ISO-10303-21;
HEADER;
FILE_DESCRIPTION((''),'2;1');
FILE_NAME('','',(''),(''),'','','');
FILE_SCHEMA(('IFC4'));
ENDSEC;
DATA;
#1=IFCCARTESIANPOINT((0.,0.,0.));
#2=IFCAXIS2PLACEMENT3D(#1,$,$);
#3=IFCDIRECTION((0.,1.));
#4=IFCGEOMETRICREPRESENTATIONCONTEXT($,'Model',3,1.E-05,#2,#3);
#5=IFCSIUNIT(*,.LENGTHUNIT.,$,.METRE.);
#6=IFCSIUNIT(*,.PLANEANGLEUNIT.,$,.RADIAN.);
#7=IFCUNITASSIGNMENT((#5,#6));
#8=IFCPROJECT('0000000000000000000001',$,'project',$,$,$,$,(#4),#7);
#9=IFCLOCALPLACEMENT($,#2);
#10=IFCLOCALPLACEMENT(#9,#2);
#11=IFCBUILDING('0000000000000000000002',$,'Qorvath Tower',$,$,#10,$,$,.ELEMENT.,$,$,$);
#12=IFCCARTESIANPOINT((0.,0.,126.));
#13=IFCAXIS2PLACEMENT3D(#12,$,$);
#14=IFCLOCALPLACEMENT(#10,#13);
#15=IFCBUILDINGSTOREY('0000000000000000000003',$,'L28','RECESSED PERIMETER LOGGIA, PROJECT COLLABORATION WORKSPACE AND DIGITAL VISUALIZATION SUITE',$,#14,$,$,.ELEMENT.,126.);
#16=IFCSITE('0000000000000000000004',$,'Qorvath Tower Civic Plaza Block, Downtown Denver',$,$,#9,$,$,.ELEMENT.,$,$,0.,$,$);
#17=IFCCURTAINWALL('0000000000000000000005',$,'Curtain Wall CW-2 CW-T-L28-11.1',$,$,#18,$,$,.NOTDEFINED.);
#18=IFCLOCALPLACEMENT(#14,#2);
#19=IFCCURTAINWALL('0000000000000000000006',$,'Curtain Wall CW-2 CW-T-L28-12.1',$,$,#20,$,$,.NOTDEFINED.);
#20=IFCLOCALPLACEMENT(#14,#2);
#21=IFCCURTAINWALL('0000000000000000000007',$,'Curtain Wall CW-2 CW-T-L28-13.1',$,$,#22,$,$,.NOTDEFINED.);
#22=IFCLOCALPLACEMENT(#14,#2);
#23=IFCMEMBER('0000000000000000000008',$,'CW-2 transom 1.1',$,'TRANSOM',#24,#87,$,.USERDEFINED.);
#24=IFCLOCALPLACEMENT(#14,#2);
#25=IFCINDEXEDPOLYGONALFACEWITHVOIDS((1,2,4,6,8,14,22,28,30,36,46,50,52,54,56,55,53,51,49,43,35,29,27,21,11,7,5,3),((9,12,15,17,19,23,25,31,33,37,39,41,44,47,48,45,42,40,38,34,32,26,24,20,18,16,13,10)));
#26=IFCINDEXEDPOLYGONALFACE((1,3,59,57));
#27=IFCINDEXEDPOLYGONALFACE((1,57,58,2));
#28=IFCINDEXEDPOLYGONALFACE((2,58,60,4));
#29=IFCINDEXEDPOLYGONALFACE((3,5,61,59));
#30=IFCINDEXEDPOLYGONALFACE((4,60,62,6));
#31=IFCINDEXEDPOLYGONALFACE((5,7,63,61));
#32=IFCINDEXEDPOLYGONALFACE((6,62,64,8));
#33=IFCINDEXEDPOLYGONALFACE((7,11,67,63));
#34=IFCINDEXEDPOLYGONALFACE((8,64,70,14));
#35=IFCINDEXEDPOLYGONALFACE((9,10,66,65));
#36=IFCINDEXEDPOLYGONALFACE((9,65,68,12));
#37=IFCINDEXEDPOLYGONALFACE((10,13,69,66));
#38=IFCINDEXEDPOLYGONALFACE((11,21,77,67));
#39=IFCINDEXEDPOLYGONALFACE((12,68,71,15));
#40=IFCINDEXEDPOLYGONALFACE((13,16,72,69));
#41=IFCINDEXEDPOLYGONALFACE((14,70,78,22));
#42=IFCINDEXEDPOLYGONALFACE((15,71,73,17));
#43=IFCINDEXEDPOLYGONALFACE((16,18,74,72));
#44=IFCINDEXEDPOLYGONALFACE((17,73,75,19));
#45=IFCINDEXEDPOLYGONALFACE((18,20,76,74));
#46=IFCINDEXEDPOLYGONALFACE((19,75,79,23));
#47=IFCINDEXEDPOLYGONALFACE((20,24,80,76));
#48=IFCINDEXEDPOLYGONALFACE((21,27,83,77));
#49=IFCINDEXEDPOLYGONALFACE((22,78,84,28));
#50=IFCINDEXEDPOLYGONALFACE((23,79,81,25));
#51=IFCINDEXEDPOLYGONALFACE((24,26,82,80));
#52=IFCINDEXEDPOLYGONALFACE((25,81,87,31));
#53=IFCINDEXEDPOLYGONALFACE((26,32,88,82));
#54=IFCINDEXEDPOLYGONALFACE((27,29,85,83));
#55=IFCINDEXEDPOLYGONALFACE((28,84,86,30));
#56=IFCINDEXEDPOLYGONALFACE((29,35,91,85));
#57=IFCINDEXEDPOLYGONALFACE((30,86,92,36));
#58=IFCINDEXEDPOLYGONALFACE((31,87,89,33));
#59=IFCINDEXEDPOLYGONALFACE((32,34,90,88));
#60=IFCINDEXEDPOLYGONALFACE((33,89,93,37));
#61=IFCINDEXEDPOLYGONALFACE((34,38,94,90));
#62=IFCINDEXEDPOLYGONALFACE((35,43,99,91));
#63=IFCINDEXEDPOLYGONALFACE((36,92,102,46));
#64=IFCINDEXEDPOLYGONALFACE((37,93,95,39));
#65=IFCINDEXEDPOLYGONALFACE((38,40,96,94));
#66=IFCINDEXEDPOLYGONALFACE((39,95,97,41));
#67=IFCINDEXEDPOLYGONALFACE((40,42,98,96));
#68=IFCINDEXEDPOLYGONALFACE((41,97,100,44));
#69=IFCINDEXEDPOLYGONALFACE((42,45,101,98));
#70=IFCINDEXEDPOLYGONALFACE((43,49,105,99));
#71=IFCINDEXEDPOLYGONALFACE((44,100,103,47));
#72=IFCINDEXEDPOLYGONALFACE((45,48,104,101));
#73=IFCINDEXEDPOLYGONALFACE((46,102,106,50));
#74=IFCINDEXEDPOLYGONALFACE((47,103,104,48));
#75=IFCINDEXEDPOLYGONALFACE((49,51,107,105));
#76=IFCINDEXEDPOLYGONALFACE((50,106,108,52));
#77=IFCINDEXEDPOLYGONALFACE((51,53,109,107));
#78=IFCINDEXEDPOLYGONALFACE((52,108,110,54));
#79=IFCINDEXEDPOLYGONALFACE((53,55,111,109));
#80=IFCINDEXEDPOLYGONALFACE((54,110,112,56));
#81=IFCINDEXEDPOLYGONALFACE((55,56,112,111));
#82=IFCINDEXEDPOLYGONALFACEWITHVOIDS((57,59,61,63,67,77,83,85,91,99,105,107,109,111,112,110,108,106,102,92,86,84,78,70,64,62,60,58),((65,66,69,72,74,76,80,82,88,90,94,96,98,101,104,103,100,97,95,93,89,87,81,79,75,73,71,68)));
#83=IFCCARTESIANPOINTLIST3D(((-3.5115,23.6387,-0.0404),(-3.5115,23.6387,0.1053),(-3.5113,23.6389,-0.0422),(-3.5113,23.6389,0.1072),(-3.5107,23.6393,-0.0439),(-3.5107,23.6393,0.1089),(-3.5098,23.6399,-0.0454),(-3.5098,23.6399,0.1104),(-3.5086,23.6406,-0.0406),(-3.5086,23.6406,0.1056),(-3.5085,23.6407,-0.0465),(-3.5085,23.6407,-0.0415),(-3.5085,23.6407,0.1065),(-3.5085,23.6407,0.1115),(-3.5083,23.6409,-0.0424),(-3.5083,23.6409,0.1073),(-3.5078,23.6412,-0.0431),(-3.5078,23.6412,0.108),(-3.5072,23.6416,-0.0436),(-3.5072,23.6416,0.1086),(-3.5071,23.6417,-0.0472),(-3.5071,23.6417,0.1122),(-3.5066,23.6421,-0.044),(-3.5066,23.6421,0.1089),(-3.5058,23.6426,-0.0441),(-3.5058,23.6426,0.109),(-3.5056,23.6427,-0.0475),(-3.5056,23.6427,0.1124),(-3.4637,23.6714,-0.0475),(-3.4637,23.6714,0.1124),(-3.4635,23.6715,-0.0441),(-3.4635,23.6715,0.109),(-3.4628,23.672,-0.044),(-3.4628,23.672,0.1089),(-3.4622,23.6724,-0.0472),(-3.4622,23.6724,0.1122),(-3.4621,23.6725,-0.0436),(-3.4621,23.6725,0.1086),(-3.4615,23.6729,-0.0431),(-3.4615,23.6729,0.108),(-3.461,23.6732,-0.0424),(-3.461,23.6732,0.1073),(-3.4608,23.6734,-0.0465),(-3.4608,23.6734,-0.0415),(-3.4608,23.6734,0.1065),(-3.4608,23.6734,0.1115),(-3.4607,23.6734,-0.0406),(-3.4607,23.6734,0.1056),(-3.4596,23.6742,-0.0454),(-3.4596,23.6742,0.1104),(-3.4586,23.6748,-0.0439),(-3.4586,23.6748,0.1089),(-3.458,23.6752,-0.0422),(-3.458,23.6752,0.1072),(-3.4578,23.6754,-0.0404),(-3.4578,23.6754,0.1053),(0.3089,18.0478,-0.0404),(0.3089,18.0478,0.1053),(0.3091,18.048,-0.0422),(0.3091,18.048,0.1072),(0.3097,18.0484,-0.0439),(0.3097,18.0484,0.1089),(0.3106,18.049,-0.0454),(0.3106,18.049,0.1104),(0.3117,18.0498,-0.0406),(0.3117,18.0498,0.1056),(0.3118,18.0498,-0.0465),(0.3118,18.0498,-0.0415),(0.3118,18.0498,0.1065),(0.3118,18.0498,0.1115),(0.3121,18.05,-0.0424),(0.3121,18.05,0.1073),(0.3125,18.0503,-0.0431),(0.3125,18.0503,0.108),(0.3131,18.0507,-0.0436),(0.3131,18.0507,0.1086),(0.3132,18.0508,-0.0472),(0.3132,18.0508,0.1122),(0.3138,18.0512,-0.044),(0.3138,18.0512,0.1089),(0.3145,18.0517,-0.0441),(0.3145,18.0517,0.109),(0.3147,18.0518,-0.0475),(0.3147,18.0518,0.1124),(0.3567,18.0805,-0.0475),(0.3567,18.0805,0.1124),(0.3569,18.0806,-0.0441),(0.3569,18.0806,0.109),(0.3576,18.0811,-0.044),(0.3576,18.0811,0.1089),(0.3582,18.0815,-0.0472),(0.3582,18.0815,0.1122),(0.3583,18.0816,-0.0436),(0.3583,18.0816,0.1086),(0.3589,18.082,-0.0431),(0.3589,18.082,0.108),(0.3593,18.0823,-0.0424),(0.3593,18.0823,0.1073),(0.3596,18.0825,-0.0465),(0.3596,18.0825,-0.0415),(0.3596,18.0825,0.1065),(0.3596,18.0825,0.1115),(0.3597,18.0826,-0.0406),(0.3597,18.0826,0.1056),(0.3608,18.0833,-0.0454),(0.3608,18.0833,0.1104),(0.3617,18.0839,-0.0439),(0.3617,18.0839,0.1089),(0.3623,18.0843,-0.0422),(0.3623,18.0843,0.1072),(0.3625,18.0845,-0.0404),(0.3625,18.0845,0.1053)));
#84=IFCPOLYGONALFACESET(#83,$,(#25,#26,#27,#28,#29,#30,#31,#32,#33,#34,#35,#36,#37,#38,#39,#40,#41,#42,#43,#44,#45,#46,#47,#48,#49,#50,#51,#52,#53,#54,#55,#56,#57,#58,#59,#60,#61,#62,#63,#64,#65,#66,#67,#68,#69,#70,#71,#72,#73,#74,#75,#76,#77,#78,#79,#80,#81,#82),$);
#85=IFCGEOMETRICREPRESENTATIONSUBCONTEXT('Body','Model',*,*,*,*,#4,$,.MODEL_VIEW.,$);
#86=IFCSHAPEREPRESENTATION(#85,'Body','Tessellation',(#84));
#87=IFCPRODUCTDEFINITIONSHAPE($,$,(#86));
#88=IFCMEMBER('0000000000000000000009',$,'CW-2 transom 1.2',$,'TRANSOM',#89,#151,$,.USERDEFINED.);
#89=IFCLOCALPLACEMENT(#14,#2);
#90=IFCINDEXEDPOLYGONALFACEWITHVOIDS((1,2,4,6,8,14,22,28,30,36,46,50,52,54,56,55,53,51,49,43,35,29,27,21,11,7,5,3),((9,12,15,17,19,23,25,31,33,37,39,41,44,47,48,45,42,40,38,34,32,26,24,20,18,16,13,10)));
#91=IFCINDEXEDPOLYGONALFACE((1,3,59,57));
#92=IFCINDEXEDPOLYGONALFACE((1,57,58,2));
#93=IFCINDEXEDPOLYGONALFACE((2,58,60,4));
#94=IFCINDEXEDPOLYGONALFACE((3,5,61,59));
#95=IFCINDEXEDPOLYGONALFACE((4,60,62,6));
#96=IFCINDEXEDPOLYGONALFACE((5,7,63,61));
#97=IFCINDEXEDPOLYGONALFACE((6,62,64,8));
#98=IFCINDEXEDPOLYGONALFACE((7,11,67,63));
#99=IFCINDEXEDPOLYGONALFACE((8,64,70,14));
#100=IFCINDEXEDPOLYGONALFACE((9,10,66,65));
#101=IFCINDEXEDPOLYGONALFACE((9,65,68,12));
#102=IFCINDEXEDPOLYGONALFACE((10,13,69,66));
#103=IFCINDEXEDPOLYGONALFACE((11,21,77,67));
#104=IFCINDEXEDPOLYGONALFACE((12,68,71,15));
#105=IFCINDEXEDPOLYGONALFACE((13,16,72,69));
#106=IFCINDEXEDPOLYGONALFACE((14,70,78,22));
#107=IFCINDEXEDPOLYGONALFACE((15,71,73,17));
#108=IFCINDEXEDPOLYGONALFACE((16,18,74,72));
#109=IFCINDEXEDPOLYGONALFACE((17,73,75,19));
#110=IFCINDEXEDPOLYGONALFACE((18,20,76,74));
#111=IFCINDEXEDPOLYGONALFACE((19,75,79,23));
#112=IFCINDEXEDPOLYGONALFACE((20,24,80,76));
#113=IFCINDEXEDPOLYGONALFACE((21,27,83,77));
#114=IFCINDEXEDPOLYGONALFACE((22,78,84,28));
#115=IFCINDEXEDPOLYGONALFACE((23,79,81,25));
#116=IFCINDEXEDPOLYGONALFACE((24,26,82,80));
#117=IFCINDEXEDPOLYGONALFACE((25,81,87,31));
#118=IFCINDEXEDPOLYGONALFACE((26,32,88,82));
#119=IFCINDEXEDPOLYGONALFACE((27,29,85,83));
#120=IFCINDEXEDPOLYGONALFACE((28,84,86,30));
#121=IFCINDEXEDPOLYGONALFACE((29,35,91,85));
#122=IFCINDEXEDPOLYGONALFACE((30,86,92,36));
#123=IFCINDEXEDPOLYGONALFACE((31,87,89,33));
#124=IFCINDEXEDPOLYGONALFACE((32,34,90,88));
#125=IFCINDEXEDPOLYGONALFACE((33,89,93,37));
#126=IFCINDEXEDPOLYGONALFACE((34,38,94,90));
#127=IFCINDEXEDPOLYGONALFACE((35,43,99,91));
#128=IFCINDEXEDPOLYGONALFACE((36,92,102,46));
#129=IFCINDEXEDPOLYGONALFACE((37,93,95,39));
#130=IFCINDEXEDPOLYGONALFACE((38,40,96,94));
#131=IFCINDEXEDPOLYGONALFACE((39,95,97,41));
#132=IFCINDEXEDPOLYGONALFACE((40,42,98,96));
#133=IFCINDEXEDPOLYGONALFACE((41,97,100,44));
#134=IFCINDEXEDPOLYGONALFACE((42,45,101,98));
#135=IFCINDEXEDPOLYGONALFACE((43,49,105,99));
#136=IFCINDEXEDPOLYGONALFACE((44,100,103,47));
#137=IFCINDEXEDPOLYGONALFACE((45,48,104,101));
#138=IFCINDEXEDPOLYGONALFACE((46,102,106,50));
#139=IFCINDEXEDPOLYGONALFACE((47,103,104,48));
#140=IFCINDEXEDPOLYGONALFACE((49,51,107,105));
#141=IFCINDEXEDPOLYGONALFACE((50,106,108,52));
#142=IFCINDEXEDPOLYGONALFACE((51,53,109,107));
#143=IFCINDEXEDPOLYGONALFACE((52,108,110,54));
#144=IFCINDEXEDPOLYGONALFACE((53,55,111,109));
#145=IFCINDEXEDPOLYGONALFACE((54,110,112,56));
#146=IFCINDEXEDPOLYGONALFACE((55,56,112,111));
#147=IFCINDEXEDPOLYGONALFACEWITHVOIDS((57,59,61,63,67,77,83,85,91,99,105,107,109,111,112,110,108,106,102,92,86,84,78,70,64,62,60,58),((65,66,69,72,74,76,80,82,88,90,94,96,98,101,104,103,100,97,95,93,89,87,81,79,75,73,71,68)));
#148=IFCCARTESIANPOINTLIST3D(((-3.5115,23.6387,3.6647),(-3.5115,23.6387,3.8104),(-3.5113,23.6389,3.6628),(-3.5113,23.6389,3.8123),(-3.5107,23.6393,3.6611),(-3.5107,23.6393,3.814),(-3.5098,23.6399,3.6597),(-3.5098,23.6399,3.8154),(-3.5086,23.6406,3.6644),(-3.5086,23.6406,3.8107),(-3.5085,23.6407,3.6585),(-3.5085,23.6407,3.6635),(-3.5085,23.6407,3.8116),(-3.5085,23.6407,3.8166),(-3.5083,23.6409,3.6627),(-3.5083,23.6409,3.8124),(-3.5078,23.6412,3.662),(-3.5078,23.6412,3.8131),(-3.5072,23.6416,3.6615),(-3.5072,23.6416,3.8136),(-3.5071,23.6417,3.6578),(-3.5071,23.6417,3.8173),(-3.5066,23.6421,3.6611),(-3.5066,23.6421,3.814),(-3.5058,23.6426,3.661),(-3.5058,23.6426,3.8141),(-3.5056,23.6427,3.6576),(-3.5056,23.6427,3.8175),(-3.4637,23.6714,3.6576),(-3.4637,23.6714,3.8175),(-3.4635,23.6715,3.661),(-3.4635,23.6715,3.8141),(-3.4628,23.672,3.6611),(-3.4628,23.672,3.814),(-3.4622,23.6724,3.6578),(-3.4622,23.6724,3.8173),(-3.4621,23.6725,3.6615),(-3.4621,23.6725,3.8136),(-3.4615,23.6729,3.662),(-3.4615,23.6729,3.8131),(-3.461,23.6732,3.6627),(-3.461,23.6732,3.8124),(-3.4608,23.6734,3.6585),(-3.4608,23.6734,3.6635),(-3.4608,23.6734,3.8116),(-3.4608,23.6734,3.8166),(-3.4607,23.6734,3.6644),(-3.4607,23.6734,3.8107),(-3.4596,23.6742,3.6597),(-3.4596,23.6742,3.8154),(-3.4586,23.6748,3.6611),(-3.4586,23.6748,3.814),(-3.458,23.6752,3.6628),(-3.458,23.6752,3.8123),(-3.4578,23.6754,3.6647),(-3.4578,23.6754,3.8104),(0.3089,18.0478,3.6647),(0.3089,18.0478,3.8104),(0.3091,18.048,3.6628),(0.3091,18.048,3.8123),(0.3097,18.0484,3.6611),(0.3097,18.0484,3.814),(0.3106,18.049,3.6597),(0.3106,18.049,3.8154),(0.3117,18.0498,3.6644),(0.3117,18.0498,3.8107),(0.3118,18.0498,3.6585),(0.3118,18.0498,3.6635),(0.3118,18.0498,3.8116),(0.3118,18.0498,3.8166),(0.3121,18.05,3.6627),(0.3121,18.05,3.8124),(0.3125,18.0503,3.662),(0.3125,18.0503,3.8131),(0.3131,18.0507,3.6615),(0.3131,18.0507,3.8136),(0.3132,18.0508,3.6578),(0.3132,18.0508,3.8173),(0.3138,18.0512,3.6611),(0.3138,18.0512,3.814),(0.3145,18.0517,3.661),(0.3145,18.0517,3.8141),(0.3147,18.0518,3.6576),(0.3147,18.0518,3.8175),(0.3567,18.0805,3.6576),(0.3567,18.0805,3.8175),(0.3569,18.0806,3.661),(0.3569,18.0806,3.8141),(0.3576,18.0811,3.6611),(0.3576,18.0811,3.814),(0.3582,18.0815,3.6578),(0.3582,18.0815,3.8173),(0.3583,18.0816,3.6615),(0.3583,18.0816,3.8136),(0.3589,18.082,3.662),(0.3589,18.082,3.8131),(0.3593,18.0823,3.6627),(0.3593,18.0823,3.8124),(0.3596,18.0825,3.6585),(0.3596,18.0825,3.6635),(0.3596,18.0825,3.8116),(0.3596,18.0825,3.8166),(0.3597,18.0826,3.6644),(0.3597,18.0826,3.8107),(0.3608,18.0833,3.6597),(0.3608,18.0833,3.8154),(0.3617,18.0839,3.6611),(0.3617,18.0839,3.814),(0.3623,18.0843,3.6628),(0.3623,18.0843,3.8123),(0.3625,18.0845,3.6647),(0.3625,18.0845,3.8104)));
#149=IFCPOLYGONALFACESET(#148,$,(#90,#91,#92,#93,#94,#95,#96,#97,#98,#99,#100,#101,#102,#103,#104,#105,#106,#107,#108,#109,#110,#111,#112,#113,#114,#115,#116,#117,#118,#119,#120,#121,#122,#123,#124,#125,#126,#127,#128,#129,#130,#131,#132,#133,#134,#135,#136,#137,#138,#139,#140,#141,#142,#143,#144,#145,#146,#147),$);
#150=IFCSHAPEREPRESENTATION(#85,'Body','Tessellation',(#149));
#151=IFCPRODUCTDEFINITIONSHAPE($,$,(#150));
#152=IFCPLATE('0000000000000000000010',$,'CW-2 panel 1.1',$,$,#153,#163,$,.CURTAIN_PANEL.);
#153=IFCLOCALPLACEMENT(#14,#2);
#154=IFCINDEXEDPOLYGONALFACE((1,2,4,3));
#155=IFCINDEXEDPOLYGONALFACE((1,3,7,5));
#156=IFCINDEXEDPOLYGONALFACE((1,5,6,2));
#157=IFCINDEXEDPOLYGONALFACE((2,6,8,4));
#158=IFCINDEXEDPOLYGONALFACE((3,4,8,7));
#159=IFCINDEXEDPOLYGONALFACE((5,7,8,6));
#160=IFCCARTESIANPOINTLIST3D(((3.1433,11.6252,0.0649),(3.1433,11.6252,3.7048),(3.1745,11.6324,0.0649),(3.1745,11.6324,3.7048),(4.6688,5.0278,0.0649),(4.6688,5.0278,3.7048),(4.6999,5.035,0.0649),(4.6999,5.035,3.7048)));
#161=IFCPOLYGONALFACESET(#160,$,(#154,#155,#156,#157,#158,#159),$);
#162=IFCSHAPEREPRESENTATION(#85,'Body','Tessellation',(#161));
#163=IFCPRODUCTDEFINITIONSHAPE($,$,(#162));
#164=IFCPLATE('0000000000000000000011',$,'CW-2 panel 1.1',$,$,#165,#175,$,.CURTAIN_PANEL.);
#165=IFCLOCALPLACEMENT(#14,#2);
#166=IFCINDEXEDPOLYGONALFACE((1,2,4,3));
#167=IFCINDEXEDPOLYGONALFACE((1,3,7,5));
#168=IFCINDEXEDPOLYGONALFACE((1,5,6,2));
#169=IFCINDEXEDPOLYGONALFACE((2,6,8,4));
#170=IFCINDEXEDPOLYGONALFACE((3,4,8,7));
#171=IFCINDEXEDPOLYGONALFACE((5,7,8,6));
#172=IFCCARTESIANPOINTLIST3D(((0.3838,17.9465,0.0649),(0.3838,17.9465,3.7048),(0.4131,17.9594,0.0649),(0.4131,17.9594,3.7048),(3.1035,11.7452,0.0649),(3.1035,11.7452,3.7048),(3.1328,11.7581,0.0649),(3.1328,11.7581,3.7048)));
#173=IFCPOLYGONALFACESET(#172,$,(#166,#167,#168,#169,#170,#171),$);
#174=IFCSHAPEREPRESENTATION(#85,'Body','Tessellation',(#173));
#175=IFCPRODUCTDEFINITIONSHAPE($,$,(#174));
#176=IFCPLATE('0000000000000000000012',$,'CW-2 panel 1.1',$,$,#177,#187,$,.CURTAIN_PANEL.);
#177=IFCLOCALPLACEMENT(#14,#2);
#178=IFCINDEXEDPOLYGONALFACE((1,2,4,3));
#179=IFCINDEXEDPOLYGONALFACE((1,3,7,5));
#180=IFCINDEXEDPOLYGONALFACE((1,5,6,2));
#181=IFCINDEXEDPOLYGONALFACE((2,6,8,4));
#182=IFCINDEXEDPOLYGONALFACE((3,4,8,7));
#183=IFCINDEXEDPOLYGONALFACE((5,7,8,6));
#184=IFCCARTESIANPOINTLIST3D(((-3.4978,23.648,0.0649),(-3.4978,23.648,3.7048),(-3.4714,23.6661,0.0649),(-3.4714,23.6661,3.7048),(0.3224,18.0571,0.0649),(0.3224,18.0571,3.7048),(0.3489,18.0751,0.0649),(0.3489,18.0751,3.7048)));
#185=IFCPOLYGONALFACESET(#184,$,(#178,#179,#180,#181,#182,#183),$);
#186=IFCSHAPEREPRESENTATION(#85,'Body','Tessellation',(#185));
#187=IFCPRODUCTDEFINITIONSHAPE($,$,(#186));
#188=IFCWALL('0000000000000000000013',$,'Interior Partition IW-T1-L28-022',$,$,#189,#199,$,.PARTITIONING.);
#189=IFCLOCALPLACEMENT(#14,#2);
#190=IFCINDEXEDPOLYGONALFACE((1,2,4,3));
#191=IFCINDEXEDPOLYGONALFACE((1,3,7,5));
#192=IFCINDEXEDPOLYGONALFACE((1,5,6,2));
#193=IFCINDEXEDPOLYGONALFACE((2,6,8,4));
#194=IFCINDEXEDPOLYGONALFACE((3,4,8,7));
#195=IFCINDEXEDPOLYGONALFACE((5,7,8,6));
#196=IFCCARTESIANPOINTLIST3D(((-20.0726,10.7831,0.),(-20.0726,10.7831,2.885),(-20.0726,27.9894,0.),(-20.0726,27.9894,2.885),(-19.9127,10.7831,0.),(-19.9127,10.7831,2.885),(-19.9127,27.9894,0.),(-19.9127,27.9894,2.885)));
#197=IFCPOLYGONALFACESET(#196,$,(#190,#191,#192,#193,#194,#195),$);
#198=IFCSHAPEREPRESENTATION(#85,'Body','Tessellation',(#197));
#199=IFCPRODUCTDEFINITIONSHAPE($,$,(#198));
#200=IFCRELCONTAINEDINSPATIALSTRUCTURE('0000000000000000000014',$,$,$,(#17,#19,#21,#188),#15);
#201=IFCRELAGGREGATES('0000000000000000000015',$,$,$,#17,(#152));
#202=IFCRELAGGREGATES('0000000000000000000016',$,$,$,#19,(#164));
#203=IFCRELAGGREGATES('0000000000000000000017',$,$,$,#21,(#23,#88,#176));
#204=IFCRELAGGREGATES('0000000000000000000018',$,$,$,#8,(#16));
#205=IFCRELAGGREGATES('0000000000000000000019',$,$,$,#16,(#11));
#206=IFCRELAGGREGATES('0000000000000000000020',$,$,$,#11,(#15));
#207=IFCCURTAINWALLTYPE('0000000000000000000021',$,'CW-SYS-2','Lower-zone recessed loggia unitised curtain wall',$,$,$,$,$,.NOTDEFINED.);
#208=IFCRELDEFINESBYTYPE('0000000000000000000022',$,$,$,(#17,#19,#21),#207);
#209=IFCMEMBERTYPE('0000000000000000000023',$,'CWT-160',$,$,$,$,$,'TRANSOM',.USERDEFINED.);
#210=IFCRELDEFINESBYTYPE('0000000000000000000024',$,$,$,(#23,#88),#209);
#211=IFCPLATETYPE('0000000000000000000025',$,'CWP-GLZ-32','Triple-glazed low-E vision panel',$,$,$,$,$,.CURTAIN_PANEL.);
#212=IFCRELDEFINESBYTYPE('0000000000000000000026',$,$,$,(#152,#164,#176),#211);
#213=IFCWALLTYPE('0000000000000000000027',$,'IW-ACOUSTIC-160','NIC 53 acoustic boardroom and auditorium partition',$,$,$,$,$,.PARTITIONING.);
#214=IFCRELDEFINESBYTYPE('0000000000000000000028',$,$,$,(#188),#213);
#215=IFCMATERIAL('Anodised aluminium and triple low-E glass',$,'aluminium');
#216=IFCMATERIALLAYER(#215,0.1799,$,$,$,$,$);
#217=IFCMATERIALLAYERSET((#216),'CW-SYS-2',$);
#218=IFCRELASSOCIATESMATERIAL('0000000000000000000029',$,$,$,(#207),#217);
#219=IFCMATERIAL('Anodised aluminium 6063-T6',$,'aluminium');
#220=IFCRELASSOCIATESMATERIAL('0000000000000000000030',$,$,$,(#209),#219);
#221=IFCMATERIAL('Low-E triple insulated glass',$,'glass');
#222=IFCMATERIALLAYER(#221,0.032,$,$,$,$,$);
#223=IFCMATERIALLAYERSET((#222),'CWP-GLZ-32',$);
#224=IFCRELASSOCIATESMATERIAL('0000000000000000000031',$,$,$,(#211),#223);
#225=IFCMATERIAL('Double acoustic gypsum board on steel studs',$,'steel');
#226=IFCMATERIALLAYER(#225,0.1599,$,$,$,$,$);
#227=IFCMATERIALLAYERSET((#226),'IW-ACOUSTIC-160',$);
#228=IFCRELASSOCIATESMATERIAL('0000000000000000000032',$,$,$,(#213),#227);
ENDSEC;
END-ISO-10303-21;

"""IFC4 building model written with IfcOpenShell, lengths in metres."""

from ifc_helpers import new_model, si_unit, direction, frame, frame_2d, origin, origin_2d, place, context, subcontext, project, spatial, rectangle, hollow_rectangle, extrude, material, layer, layer_set, material_profile, profile_set, type_object, element, aggregate, save


model = new_model("IFC4")

# Units and contexts
model_context = context("Model", 3, precision=1e-05, world=origin(), true_north=direction((0.0, 1.0)))
body_context = subcontext(model_context, "Body", "Model", "MODEL_VIEW")
ifc_project = project(units=[si_unit("LENGTHUNIT", "METRE"), si_unit("PLANEANGLEUNIT", "RADIAN")], contexts=[model_context])

# Site, building, storey
site_placement = place(None, origin())
site = spatial("IfcSite", under=ifc_project, at=site_placement, Name="Qorvath Tower Civic Plaza Block, Downtown Denver", CompositionType="ELEMENT", RefElevation=0.0)
building_placement = place(site_placement, origin())
building = spatial("IfcBuilding", under=site, at=building_placement, Name="Qorvath Tower", CompositionType="ELEMENT")
storey_placement = place(building_placement, frame((0.0, 0.0, 126.0)))
storey = spatial("IfcBuildingStorey", under=building, at=storey_placement, Name="L28", Description="RECESSED PERIMETER LOGGIA, PROJECT COLLABORATION WORKSPACE AND DIGITAL VISUALIZATION SUITE", CompositionType="ELEMENT", Elevation=126.0)

# Curtain wall
ifc_material_1 = material(Name="Anodised aluminium and triple low-E glass", Category="aluminium")
ifc_layer_1 = layer(ifc_material_1, 0.1799)
ifc_layer_set_1 = layer_set([ifc_layer_1], Name="CW-SYS-2")
curtain_wall_type = type_object("IfcCurtainWallType", Name="CW-SYS-2", Description="Lower-zone recessed loggia unitised curtain wall", PredefinedType="NOTDEFINED", material=ifc_layer_set_1)
curtain_wall_1_placement = place(storey_placement, origin())
curtain_wall_1 = element("IfcCurtainWall", 1, at=curtain_wall_1_placement, inside=storey, type_object=curtain_wall_type, Name="Curtain Wall CW-2 CW-T-L28-11.1", PredefinedType="NOTDEFINED")

# Curtain walls
curtain_wall_2_placement = place(storey_placement, origin())
curtain_wall_2 = element("IfcCurtainWall", 2, at=curtain_wall_2_placement, inside=storey, type_object=curtain_wall_type, Name="Curtain Wall CW-2 CW-T-L28-12.1", PredefinedType="NOTDEFINED")
curtain_wall_3_placement = place(storey_placement, origin())
curtain_wall_3 = element("IfcCurtainWall", 3, at=curtain_wall_3_placement, inside=storey, type_object=curtain_wall_type, Name="Curtain Wall CW-2 CW-T-L28-13.1", PredefinedType="NOTDEFINED")

# Members
ifc_material_2 = material(Name="Anodised aluminium 6063-T6", Category="aluminium")
ifc_material_profile_1 = material_profile(ifc_material_2, hollow_rectangle(XDim=0.0649, YDim=0.1599, WallThickness=0.0034, InnerFilletRadius=0.0034, OuterFilletRadius=0.0071, at=origin_2d()), Name="CWT 160x65")
ifc_profile_set_1 = profile_set([ifc_material_profile_1], Name="Anodised aluminium 6063-T6")
member_type_1 = type_object("IfcMemberType", Name="CWT-160", ElementType="TRANSOM", PredefinedType="USERDEFINED", material=ifc_profile_set_1)
member_1_placement = place(storey_placement, frame((0.3357, 18.0662, 0.0325), z_axis=(-0.564182, 0.82565, 0.0), x_axis=(-0.82565, -0.564182, 0.0)))
member_1 = element("IfcMember", 4, at=member_1_placement, type_object=member_type_1, Name="CW-2 transom 1.1", ObjectType="TRANSOM", PredefinedType="USERDEFINED", context=body_context, shape_type="SweptSolid", body=[
    extrude(hollow_rectangle(XDim=0.0649, YDim=0.1599, WallThickness=0.0034, InnerFilletRadius=0.0034, OuterFilletRadius=0.0071, at=origin_2d()), origin(), (0.0, 0.0, 1.0), 6.7715),
])
member_2_placement = place(storey_placement, frame((0.3357, 18.0662, 3.7375), z_axis=(-0.564182, 0.82565, 0.0), x_axis=(-0.82565, -0.564182, 0.0)))
member_2 = element("IfcMember", 5, at=member_2_placement, type_object=member_type_1, Name="CW-2 transom 1.2", ObjectType="TRANSOM", PredefinedType="USERDEFINED", context=body_context, shape_type="SweptSolid", body=[
    extrude(hollow_rectangle(XDim=0.0649, YDim=0.1599, WallThickness=0.0034, InnerFilletRadius=0.0034, OuterFilletRadius=0.0071, at=origin_2d()), origin(), (0.0, 0.0, 1.0), 6.7715),
])

# Plates
ifc_material_3 = material(Name="Low-E triple insulated glass", Category="glass")
ifc_layer_2 = layer(ifc_material_3, 0.032)
ifc_layer_set_2 = layer_set([ifc_layer_2], Name="CWP-GLZ-32")
plate_type = type_object("IfcPlateType", Name="CWP-GLZ-32", Description="Triple-glazed low-E vision panel", PredefinedType="CURTAIN_PANEL", material=ifc_layer_set_2)
plate_1_placement = place(storey_placement, frame((3.9216, 8.3301, 0.0649), z_axis=(0.0, 0.0, 1.0), x_axis=(-0.22527, 0.974296, 0.0)))
plate_1 = element("IfcPlate", 6, at=plate_1_placement, type_object=plate_type, Name="CW-2 panel 1.1", PredefinedType="CURTAIN_PANEL", context=body_context, shape_type="SweptSolid", body=[
    extrude(rectangle(XDim=6.7715, YDim=0.032, at=origin_2d()), origin(), (0.0, 0.0, 1.0), 3.6399),
])
aggregate(curtain_wall_1, [plate_1])
plate_2_placement = place(storey_placement, frame((1.7583, 14.8523, 0.0649), z_axis=(0.0, 0.0, 1.0), x_axis=(-0.401649, 0.915794, 0.0)))
plate_2 = element("IfcPlate", 7, at=plate_2_placement, type_object=plate_type, Name="CW-2 panel 1.1", PredefinedType="CURTAIN_PANEL", context=body_context, shape_type="SweptSolid", body=[
    extrude(rectangle(XDim=6.7715, YDim=0.032, at=origin_2d()), origin(), (0.0, 0.0, 1.0), 3.6399),
])
aggregate(curtain_wall_2, [plate_2])
plate_3_placement = place(storey_placement, frame((-1.5745, 20.8616, 0.0649), z_axis=(0.0, 0.0, 1.0), x_axis=(-0.564164, 0.825663, 0.0)))
plate_3 = element("IfcPlate", 8, at=plate_3_placement, type_object=plate_type, Name="CW-2 panel 1.1", PredefinedType="CURTAIN_PANEL", context=body_context, shape_type="SweptSolid", body=[
    extrude(rectangle(XDim=6.7715, YDim=0.032, at=origin_2d()), origin(), (0.0, 0.0, 1.0), 3.6399),
])
aggregate(curtain_wall_3, [member_1, member_2, plate_3])

# Wall
ifc_material_4 = material(Name="Double acoustic gypsum board on steel studs", Category="steel")
ifc_layer_3 = layer(ifc_material_4, 0.1599)
ifc_layer_set_3 = layer_set([ifc_layer_3], Name="IW-ACOUSTIC-160")
wall_type_1 = type_object("IfcWallType", Name="IW-ACOUSTIC-160", Description="NIC 53 acoustic boardroom and auditorium partition", PredefinedType="PARTITIONING", material=ifc_layer_set_3)
wall_1_placement = place(storey_placement, frame((-19.9927, 10.7832, 0.0), z_axis=(0.0, 0.0, 1.0), x_axis=(0.0, 1.0, 0.0)))
element("IfcWall", 9, at=wall_1_placement, inside=storey, type_object=wall_type_1, Name="Interior Partition IW-T1-L28-022", PredefinedType="PARTITIONING", context=body_context, shape_type="SweptSolid", body=[
    extrude(rectangle(XDim=17.2063, YDim=0.1599, at=frame_2d((8.603, 0.0))), origin(), (0.0, 0.0, 1.0), 2.885),
])

save(model, "model.ifc")
